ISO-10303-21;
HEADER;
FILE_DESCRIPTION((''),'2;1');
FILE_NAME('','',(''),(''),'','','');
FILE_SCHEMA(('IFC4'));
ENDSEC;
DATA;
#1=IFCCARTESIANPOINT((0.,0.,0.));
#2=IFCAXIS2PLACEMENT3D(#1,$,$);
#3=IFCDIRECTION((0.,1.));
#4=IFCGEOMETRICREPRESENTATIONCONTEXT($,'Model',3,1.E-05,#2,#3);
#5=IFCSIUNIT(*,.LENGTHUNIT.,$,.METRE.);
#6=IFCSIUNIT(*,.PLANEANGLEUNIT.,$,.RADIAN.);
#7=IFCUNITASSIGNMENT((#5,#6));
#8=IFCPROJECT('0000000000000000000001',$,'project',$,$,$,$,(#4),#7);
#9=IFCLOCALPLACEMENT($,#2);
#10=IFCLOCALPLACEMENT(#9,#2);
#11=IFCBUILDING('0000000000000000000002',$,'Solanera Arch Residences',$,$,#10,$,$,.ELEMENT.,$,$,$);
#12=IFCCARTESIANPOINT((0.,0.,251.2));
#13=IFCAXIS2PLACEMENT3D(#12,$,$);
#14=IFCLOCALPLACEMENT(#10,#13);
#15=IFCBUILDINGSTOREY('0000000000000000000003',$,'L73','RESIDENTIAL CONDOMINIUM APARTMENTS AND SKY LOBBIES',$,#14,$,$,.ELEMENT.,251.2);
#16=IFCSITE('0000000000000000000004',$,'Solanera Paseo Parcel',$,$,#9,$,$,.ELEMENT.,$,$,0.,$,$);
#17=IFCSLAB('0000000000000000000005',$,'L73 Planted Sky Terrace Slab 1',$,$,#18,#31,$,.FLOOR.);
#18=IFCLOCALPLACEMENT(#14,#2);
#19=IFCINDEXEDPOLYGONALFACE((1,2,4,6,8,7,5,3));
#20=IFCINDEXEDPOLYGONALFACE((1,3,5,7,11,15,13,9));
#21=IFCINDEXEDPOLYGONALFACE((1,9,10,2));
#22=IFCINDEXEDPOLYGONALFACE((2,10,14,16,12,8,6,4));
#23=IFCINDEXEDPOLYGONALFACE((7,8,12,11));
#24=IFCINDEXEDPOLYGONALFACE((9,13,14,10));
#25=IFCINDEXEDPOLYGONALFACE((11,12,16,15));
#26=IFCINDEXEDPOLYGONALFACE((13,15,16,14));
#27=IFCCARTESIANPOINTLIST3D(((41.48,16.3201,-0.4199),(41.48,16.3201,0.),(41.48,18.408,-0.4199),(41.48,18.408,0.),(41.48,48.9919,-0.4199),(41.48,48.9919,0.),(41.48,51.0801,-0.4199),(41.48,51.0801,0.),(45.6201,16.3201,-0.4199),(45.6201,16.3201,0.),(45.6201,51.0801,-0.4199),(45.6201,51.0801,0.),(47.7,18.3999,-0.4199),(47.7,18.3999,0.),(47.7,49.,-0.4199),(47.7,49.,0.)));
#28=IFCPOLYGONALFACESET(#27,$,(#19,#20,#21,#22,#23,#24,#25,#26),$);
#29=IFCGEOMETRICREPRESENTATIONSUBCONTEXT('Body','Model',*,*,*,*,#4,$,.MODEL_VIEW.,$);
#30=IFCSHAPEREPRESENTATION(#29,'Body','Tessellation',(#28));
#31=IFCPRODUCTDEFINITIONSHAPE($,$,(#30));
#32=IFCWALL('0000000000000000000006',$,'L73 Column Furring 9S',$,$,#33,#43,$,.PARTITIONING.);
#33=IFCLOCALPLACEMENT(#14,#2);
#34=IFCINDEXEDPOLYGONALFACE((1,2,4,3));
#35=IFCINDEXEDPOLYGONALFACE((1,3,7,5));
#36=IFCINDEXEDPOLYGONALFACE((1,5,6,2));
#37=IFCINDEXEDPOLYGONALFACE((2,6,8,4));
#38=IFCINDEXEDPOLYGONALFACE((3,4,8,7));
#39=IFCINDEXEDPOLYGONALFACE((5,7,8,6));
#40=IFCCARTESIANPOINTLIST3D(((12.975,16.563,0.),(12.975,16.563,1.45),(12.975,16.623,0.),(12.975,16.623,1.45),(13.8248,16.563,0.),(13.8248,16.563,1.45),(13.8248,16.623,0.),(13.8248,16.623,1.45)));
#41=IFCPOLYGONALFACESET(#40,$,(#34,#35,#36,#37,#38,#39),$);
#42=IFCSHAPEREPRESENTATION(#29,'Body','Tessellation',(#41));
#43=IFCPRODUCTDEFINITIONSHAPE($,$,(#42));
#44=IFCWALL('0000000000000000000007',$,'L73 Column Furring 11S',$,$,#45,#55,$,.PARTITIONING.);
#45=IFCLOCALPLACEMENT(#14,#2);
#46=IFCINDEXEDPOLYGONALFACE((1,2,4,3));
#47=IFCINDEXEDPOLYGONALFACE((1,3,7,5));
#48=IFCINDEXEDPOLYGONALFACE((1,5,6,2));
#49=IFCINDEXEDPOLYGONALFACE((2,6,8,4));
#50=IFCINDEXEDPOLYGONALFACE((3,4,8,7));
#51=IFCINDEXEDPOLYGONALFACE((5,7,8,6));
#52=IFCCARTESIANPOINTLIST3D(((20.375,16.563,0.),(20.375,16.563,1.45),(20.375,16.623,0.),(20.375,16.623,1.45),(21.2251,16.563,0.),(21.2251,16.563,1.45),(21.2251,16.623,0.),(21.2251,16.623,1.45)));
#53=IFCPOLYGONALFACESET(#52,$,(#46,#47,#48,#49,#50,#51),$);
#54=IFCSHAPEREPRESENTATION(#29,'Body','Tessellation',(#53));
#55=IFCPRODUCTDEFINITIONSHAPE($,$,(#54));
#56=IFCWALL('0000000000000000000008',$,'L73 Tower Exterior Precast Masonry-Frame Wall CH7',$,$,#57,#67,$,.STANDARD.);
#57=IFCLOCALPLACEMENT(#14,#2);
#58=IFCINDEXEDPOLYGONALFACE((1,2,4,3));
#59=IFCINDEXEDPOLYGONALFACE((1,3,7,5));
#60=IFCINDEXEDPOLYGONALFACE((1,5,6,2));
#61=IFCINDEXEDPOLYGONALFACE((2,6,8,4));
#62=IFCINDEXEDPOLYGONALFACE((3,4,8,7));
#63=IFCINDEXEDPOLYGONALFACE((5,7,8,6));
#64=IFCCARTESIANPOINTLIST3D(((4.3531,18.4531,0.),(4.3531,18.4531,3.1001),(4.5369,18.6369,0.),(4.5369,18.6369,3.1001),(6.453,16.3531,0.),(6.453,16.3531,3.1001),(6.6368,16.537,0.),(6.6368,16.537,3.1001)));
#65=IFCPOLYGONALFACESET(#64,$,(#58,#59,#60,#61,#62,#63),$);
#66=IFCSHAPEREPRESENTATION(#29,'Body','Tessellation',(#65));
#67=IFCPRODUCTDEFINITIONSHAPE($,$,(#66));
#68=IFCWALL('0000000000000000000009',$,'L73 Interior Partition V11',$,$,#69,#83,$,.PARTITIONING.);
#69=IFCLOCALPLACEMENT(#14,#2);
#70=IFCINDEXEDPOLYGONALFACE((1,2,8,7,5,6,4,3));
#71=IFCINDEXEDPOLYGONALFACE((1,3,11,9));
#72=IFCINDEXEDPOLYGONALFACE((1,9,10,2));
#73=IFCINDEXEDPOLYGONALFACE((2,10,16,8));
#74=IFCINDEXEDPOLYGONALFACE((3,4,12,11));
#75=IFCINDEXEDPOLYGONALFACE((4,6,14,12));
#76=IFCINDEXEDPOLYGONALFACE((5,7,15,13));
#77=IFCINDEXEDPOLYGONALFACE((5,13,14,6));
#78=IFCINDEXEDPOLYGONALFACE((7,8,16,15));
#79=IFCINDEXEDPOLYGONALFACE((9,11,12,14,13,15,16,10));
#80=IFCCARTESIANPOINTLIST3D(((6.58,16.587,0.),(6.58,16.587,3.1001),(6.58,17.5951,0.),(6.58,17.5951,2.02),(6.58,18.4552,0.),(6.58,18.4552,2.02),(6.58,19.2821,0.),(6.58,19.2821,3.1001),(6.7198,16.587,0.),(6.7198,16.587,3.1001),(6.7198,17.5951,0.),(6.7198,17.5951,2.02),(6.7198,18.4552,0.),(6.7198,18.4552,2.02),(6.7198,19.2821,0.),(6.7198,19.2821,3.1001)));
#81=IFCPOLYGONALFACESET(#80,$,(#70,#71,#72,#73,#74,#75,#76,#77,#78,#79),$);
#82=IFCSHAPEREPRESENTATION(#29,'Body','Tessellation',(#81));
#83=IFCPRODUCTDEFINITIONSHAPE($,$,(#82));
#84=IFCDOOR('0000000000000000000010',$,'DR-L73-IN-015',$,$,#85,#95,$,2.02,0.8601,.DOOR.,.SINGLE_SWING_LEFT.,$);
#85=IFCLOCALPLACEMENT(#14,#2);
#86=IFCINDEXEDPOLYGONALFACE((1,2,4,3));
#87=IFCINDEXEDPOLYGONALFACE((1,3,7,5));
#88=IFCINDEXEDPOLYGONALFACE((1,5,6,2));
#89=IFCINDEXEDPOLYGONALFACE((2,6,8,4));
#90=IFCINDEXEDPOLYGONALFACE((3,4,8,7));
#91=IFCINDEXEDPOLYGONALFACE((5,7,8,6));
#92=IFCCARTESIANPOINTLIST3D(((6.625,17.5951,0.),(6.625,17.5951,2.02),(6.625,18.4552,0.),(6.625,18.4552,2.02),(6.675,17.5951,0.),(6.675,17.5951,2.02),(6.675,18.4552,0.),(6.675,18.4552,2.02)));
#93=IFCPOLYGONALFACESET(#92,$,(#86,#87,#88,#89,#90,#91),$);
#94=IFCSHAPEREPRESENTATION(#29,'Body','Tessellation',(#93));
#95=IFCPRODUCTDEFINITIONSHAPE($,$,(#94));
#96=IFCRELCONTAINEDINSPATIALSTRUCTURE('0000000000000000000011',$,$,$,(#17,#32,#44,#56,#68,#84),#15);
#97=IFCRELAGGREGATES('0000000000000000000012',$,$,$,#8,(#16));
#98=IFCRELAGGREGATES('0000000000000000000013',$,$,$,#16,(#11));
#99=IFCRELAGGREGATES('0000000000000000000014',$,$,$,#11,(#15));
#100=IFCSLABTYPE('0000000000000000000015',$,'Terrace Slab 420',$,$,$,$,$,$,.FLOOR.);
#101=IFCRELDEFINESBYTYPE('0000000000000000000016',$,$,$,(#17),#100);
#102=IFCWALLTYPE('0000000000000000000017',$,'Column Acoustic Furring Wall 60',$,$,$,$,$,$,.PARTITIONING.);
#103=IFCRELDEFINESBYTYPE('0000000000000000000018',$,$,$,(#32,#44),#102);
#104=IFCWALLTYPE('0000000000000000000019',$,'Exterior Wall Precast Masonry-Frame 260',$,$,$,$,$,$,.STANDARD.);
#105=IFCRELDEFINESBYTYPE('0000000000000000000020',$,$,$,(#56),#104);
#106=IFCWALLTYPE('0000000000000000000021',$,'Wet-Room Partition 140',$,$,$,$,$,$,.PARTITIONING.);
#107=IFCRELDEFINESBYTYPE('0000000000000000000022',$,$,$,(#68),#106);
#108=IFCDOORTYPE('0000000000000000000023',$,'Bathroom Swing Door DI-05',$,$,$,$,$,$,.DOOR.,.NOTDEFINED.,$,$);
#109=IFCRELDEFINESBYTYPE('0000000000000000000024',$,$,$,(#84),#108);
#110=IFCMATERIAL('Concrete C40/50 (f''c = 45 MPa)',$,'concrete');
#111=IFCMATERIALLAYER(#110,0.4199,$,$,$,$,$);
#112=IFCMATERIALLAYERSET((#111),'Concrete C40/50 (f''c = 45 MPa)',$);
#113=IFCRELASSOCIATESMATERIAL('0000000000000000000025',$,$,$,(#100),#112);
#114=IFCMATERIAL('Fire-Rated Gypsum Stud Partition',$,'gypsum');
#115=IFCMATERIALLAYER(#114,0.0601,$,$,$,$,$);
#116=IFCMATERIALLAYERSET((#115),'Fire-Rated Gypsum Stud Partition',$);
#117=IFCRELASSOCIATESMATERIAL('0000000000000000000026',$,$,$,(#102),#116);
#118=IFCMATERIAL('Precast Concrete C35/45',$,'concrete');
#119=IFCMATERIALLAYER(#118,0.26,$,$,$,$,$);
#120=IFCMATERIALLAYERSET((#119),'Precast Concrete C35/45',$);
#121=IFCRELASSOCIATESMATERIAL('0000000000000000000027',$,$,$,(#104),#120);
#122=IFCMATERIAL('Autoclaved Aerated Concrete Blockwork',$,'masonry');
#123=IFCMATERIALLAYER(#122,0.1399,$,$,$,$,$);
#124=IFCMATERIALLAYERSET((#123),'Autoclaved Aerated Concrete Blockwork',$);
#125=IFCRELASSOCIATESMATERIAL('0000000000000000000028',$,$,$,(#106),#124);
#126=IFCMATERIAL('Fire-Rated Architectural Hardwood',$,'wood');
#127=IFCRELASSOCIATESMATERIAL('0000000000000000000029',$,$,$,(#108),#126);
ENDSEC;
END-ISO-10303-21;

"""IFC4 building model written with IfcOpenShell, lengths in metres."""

from ifc_helpers import new_model, si_unit, direction, frame, frame_2d, origin, place, context, subcontext, project, spatial, polyline, rectangle, outline, extrude, material, layer, layer_set, type_object, element, fill, save


model = new_model("IFC4")

# Units and contexts
model_context = context("Model", 3, precision=1e-05, world=origin(), true_north=direction((0.0, 1.0)))
body_context = subcontext(model_context, "Body", "Model", "MODEL_VIEW")
ifc_project = project(units=[si_unit("LENGTHUNIT", "METRE"), si_unit("PLANEANGLEUNIT", "RADIAN")], contexts=[model_context])

# Site, building, storey
site_placement = place(None, origin())
site = spatial("IfcSite", under=ifc_project, at=site_placement, Name="Solanera Paseo Parcel", CompositionType="ELEMENT", RefElevation=0.0)
building_placement = place(site_placement, origin())
building = spatial("IfcBuilding", under=site, at=building_placement, Name="Solanera Arch Residences", CompositionType="ELEMENT")
storey_placement = place(building_placement, frame((0.0, 0.0, 251.2)))
storey = spatial("IfcBuildingStorey", under=building, at=storey_placement, Name="L73", Description="RESIDENTIAL CONDOMINIUM APARTMENTS AND SKY LOBBIES", CompositionType="ELEMENT", Elevation=251.2)

# Slab
ifc_material_1 = material(Name="Concrete C40/50 (f'c = 45 MPa)", Category="concrete")
ifc_layer_1 = layer(ifc_material_1, 0.4199)
ifc_layer_set_1 = layer_set([ifc_layer_1], Name="Concrete C40/50 (f'c = 45 MPa)")
slab_type_1 = type_object("IfcSlabType", Name="Terrace Slab 420", PredefinedType="FLOOR", material=ifc_layer_set_1)
slab_1_placement = place(storey_placement, frame((0.0, 0.0, -0.4199)))
element("IfcSlab", 1, at=slab_1_placement, inside=storey, type_object=slab_type_1, Name="L73 Planted Sky Terrace Slab 1", PredefinedType="FLOOR", context=body_context, shape_type="SweptSolid", body=[
    extrude(outline(polyline([(45.6201, 51.0801), (41.48, 51.0801), (41.48, 48.9919), (41.48, 18.408), (41.48, 16.3201), (45.6201, 16.3201), (47.7, 18.3999), (47.7, 49.0), (45.6201, 51.0801)])), origin(), (0.0, 0.0, 1.0), 0.4199),
])

# Walls
ifc_material_2 = material(Name="Fire-Rated Gypsum Stud Partition", Category="gypsum")
ifc_layer_2 = layer(ifc_material_2, 0.0601)
ifc_layer_set_2 = layer_set([ifc_layer_2], Name="Fire-Rated Gypsum Stud Partition")
wall_type_1 = type_object("IfcWallType", Name="Column Acoustic Furring Wall 60", PredefinedType="PARTITIONING", material=ifc_layer_set_2)
wall_1_placement = place(storey_placement, frame((12.9751, 16.593, 0.0), z_axis=(0.0, 0.0, 1.0), x_axis=(1.0, 0.0, 0.0)))
element("IfcWall", 2, at=wall_1_placement, inside=storey, type_object=wall_type_1, Name="L73 Column Furring 9S", PredefinedType="PARTITIONING", context=body_context, shape_type="SweptSolid", body=[
    extrude(rectangle(XDim=0.8499, YDim=0.0601, at=frame_2d((0.4248, 0.0))), origin(), (0.0, 0.0, 1.0), 1.45),
])
wall_2_placement = place(storey_placement, frame((20.375, 16.593, 0.0), z_axis=(0.0, 0.0, 1.0), x_axis=(1.0, 0.0, 0.0)))
element("IfcWall", 3, at=wall_2_placement, inside=storey, type_object=wall_type_1, Name="L73 Column Furring 11S", PredefinedType="PARTITIONING", context=body_context, shape_type="SweptSolid", body=[
    extrude(rectangle(XDim=0.8501, YDim=0.0601, at=frame_2d((0.425, 0.0))), origin(), (0.0, 0.0, 1.0), 1.45),
])
ifc_material_3 = material(Name="Precast Concrete C35/45", Category="concrete")
ifc_layer_3 = layer(ifc_material_3, 0.26)
ifc_layer_set_3 = layer_set([ifc_layer_3], Name="Precast Concrete C35/45")
wall_type_2 = type_object("IfcWallType", Name="Exterior Wall Precast Masonry-Frame 260", PredefinedType="STANDARD", material=ifc_layer_set_3)
wall_3_placement = place(storey_placement, frame((6.5449, 16.4451, 0.0), z_axis=(0.0, 0.0, 1.0), x_axis=(-0.707107, 0.707107, 0.0)))
element("IfcWall", 4, at=wall_3_placement, inside=storey, type_object=wall_type_2, Name="L73 Tower Exterior Precast Masonry-Frame Wall CH7", PredefinedType="STANDARD", context=body_context, shape_type="SweptSolid", body=[
    extrude(rectangle(XDim=2.9697, YDim=0.26, at=frame_2d((1.4849, 0.0))), origin(), (0.0, 0.0, 1.0), 3.1001),
])

# Wall, opening, door
ifc_material_4 = material(Name="Autoclaved Aerated Concrete Blockwork", Category="masonry")
ifc_layer_4 = layer(ifc_material_4, 0.1399)
ifc_layer_set_4 = layer_set([ifc_layer_4], Name="Autoclaved Aerated Concrete Blockwork")
wall_type_3 = type_object("IfcWallType", Name="Wet-Room Partition 140", PredefinedType="PARTITIONING", material=ifc_layer_set_4)
wall_4_placement = place(storey_placement, frame((6.6499, 16.5869, 0.0), z_axis=(0.0, 0.0, 1.0), x_axis=(0.0, 1.0, 0.0)))
wall_4 = element("IfcWall", 5, at=wall_4_placement, inside=storey, type_object=wall_type_3, Name="L73 Interior Partition V11", PredefinedType="PARTITIONING", context=body_context, shape_type="SweptSolid", body=[
    extrude(rectangle(XDim=2.6951, YDim=0.1399, at=frame_2d((1.3477, 0.0))), origin(), (0.0, 0.0, 1.0), 3.1001),
])
opening_placement = place(wall_4_placement, frame((1.0081, 0.0, 0.0)))
opening = element("IfcOpeningElement", 6, at=opening_placement, cuts=wall_4, PredefinedType="OPENING", context=body_context, shape_type="SweptSolid", body=[
    extrude(rectangle(XDim=0.8601, YDim=2.02, at=frame_2d((0.4302, 1.01))), frame((0.0, 0.0798, 0.0), z_axis=(0.0, -1.0, 0.0), x_axis=(1.0, 0.0, 0.0)), (0.0, 0.0, 1.0), 0.1599),
])
ifc_material_5 = material(Name="Fire-Rated Architectural Hardwood", Category="wood")
door_type = type_object("IfcDoorType", Name="Bathroom Swing Door DI-05", OperationType="NOTDEFINED", PredefinedType="DOOR", material=ifc_material_5)
door_placement = place(opening_placement, origin())
door = element("IfcDoor", 7, at=door_placement, inside=storey, type_object=door_type, Name="DR-L73-IN-015", OperationType="SINGLE_SWING_LEFT", OverallHeight=2.02, OverallWidth=0.8601, PredefinedType="DOOR", context=body_context, shape_type="SweptSolid", body=[
    extrude(rectangle(XDim=0.8601, YDim=2.02, at=frame_2d((0.4302, 1.01))), frame((0.0, 0.0249, 0.0), z_axis=(0.0, -1.0, 0.0), x_axis=(1.0, 0.0, 0.0)), (0.0, 0.0, 1.0), 0.05),
])
fill(opening, door)

save(model, "model.ifc")
